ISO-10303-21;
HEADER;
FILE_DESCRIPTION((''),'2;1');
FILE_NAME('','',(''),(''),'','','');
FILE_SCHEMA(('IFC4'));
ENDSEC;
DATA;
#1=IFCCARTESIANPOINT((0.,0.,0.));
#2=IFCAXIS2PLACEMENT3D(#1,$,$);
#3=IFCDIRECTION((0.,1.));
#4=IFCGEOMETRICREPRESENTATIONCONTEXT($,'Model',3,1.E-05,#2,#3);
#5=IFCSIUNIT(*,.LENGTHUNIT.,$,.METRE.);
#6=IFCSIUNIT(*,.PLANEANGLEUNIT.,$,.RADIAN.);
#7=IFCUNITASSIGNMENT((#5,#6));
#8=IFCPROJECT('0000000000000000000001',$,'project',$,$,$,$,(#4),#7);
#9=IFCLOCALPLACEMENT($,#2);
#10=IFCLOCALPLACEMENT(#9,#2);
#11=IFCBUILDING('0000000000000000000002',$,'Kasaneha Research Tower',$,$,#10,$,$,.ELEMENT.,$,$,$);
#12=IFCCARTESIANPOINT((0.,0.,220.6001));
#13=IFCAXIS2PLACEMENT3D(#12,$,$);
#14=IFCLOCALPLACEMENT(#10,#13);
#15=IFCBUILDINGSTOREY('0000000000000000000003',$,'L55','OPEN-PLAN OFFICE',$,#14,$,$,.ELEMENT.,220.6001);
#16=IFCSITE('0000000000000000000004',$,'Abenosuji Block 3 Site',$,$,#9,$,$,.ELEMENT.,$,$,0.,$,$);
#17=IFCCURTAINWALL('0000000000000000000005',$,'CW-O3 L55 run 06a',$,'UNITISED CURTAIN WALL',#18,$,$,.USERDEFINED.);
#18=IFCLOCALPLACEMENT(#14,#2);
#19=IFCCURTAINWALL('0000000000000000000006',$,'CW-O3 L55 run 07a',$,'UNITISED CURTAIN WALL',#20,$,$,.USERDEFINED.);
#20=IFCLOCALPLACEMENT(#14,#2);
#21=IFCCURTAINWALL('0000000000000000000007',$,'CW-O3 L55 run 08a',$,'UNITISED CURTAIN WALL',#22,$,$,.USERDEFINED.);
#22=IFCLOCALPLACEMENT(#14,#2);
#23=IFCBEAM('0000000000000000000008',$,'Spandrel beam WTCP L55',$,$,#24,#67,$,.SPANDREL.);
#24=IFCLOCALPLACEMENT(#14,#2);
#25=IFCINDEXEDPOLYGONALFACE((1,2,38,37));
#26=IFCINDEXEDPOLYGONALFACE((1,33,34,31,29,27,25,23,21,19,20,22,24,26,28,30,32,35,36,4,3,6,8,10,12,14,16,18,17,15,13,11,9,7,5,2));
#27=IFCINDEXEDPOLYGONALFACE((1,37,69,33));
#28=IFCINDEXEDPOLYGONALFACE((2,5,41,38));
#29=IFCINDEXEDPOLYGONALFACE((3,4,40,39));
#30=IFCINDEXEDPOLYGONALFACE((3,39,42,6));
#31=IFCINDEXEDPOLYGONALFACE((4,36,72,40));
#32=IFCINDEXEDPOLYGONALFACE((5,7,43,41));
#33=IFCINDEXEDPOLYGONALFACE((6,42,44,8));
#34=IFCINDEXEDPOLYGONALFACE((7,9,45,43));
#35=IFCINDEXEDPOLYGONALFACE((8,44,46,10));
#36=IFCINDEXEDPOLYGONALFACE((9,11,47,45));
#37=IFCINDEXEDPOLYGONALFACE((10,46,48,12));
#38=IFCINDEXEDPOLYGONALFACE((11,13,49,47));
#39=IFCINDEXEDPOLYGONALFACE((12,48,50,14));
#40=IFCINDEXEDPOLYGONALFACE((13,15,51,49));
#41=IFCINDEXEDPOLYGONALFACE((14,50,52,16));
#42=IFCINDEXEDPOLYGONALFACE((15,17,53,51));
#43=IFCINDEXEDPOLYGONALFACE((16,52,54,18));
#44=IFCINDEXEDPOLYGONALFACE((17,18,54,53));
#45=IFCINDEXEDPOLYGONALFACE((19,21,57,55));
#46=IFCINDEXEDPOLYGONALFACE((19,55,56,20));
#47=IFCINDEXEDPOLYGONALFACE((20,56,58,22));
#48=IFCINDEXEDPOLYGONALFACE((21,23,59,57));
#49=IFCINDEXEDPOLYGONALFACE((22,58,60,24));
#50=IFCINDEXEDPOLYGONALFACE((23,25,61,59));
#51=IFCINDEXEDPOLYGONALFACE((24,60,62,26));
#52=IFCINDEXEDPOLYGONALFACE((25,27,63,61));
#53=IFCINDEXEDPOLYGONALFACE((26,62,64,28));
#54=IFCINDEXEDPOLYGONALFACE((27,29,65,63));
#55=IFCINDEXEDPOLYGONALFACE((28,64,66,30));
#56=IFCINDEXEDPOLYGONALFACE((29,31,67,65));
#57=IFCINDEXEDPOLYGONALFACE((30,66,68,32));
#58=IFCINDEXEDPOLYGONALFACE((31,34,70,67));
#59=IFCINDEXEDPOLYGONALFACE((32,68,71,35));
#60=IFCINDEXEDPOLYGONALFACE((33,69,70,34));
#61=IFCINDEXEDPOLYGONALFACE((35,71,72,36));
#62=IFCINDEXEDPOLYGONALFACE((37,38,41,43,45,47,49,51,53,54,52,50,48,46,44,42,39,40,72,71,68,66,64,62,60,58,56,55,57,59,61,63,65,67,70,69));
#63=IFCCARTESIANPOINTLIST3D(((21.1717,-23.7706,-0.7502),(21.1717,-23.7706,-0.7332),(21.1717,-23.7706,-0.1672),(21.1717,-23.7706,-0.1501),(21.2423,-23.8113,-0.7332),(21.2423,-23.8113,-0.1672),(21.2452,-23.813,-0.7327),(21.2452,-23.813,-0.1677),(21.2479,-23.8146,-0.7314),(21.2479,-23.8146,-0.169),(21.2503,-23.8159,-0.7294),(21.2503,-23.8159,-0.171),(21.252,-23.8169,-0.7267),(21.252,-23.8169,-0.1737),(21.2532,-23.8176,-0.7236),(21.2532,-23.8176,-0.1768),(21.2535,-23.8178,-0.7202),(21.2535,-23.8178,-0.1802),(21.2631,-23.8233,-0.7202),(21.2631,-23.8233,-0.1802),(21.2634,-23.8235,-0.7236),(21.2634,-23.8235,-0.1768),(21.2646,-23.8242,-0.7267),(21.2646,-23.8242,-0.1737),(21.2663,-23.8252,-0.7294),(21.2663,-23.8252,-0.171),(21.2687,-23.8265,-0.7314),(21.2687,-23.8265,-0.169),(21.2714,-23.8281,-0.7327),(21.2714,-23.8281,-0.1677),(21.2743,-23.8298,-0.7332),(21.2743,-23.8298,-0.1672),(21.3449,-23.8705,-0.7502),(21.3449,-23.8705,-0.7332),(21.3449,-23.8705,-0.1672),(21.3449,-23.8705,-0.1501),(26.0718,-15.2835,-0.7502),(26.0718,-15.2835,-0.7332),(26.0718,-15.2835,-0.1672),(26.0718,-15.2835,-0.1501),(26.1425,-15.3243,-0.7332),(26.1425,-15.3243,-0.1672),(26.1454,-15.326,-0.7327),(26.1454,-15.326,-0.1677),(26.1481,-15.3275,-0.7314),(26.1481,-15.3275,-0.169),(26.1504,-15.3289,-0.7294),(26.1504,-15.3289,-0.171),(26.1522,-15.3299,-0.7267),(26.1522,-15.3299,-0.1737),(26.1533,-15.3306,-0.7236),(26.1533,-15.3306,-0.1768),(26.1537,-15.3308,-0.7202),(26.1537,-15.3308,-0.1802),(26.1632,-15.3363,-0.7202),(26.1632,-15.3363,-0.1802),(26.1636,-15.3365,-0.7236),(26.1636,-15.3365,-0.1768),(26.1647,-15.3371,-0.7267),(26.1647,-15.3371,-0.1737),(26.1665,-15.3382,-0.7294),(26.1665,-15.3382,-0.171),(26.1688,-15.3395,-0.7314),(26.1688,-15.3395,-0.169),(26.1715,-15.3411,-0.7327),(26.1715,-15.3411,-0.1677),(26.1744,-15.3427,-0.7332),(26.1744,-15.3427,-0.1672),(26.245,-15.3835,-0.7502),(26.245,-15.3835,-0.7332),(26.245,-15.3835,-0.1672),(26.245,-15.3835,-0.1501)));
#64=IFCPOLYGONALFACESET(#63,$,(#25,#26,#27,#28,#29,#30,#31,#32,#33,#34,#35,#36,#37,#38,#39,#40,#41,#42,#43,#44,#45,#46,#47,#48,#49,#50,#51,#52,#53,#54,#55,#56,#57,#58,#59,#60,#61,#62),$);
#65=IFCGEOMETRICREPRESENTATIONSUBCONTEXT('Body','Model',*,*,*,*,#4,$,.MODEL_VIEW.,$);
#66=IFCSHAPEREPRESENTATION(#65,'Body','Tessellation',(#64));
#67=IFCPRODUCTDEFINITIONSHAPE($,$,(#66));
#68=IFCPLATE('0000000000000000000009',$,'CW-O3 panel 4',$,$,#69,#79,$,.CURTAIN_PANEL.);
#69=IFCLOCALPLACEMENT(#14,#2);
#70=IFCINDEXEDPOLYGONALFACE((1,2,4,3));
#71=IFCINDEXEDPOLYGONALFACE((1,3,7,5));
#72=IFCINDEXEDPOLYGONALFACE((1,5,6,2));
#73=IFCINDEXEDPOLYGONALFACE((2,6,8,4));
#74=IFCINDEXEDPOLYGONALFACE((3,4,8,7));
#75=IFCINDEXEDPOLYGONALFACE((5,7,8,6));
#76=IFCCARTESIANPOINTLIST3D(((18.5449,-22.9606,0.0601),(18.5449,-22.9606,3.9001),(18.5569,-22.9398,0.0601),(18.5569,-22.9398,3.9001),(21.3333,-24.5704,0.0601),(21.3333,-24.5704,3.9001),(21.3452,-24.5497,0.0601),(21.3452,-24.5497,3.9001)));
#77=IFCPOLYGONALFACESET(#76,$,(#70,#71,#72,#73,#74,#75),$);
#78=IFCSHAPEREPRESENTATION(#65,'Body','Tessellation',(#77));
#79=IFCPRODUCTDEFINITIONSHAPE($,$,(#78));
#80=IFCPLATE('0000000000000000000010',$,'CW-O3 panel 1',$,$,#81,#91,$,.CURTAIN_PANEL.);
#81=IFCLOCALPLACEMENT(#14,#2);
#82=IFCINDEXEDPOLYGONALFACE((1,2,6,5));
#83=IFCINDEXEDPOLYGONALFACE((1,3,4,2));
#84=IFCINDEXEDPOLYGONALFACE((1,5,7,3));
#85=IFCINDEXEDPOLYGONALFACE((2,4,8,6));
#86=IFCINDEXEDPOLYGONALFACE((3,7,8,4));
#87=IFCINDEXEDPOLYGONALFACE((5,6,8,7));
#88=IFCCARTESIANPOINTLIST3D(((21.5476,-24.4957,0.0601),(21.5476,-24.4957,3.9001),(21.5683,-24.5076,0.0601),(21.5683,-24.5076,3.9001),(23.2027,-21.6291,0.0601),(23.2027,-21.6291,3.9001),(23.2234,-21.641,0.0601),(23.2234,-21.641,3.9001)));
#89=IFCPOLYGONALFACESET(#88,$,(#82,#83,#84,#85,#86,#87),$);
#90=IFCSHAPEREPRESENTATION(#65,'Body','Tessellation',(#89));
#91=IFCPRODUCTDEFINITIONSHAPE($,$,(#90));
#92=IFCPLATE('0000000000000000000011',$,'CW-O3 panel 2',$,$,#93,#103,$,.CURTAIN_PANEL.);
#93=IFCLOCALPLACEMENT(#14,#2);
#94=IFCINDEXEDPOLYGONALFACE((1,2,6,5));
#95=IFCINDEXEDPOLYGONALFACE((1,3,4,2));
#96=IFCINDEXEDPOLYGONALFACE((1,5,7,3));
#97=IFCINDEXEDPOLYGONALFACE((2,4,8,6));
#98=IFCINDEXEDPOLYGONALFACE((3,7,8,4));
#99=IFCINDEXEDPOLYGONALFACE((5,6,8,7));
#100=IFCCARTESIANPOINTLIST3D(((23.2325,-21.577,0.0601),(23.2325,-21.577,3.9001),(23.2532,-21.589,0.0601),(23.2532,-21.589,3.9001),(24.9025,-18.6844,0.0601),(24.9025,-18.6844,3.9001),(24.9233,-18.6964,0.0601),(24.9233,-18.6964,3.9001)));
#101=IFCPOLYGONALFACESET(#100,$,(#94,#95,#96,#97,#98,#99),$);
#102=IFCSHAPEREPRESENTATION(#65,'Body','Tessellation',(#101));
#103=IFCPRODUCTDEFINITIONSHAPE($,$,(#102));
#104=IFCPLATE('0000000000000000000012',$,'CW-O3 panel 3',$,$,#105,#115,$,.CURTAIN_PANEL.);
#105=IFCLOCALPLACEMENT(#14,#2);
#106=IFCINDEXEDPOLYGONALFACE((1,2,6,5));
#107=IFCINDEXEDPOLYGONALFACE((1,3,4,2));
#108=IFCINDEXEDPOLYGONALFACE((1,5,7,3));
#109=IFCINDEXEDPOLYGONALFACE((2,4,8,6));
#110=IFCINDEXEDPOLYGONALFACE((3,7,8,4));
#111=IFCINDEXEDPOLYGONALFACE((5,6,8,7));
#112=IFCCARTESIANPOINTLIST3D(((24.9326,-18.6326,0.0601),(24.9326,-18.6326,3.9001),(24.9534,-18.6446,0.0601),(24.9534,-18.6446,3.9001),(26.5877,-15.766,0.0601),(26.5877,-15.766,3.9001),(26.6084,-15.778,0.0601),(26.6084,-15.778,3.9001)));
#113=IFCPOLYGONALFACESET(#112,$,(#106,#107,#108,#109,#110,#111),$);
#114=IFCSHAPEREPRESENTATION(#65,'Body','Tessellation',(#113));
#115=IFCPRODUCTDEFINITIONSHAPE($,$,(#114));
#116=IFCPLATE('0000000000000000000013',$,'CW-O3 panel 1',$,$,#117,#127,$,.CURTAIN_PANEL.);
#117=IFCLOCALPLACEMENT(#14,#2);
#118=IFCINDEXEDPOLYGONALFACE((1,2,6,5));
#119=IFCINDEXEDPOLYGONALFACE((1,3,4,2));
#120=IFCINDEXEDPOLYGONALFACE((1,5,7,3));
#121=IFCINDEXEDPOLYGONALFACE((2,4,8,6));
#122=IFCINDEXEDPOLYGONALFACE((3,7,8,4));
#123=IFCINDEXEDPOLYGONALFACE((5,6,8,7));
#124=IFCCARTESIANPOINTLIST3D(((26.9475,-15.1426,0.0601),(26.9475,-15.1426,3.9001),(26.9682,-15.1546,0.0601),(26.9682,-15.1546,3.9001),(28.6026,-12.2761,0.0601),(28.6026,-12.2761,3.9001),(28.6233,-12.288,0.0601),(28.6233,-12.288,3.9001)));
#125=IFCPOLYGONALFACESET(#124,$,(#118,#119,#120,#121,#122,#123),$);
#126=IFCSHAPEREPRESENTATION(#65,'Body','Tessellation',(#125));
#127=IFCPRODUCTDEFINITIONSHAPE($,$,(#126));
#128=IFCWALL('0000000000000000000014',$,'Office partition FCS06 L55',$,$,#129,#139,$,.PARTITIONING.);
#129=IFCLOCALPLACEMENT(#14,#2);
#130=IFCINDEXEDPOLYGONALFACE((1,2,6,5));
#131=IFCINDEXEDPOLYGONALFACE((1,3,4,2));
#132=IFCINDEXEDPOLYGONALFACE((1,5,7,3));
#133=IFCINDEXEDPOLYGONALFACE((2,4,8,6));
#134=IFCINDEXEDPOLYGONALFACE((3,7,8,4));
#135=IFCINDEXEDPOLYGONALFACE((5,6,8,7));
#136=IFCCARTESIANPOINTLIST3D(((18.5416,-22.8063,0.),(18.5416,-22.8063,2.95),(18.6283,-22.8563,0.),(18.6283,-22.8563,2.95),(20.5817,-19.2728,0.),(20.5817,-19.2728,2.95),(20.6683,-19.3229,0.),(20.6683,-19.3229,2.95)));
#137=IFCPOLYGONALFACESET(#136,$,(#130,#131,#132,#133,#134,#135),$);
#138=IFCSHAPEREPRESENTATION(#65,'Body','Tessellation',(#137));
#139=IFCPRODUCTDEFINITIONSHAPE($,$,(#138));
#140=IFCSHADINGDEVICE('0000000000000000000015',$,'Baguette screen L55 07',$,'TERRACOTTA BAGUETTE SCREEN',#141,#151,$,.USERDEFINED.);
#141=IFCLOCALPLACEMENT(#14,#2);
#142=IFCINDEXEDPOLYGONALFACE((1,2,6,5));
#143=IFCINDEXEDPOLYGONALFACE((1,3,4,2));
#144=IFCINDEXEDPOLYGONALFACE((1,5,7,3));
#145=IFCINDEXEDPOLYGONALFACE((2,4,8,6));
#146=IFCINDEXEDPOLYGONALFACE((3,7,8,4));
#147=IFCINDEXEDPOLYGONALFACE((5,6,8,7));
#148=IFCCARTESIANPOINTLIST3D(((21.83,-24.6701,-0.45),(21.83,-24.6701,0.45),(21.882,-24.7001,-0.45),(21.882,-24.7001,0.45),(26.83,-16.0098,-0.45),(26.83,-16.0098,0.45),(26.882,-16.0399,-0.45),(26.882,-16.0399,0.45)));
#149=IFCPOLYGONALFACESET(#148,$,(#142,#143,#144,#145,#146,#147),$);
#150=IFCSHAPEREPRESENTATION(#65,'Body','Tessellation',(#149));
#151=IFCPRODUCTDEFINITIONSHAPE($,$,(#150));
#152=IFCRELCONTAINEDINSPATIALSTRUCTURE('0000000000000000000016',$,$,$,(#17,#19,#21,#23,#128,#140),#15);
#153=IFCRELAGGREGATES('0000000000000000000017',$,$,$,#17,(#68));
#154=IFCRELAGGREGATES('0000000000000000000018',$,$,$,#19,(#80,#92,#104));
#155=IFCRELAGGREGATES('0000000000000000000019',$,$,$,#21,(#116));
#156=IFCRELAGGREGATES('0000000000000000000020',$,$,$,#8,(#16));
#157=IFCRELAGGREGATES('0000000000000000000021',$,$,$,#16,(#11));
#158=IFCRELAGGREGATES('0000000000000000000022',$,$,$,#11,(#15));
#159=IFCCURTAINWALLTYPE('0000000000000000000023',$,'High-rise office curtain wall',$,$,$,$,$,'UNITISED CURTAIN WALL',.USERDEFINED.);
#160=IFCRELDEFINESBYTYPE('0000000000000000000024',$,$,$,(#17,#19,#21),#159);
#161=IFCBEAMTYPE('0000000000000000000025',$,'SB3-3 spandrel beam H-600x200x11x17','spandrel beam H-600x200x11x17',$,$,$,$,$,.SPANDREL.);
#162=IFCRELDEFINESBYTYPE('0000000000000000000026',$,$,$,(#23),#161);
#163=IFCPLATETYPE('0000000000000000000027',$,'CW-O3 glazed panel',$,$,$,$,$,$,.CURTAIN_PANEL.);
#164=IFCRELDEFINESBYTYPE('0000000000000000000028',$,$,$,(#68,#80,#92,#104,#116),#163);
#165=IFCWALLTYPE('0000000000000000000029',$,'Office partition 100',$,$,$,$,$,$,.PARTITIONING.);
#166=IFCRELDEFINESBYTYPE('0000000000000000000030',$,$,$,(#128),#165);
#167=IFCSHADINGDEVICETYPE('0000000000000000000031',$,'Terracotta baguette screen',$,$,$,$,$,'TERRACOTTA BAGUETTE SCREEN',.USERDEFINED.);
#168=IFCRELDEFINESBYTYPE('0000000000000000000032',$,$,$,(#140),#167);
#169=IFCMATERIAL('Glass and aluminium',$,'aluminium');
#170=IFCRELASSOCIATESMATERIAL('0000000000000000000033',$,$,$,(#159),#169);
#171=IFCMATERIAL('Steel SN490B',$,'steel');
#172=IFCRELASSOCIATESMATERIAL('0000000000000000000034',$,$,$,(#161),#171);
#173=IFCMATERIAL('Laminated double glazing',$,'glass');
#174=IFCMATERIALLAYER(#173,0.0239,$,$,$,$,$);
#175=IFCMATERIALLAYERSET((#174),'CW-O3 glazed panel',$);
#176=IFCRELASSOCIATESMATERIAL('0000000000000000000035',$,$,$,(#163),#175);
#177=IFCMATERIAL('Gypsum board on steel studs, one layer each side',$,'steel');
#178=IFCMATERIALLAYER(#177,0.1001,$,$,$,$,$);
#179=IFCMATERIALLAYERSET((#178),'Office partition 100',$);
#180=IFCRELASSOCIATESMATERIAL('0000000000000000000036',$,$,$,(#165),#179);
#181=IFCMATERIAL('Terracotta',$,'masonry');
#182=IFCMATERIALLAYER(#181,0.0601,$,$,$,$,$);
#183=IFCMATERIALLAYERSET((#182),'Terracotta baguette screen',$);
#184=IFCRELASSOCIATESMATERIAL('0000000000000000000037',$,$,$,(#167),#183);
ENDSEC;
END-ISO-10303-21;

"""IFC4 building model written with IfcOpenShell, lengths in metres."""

from ifc_helpers import new_model, si_unit, direction, frame, frame_2d, origin, origin_2d, place, context, subcontext, project, spatial, rectangle, i_section, extrude, material, layer, layer_set, material_profile, profile_set, type_object, element, aggregate, save


model = new_model("IFC4")

# Units and contexts
model_context = context("Model", 3, precision=1e-05, world=origin(), true_north=direction((0.0, 1.0)))
body_context = subcontext(model_context, "Body", "Model", "MODEL_VIEW")
ifc_project = project(units=[si_unit("LENGTHUNIT", "METRE"), si_unit("PLANEANGLEUNIT", "RADIAN")], contexts=[model_context])

# Site, building, storey
site_placement = place(None, origin())
site = spatial("IfcSite", under=ifc_project, at=site_placement, Name="Abenosuji Block 3 Site", CompositionType="ELEMENT", RefElevation=0.0)
building_placement = place(site_placement, origin())
building = spatial("IfcBuilding", under=site, at=building_placement, Name="Kasaneha Research Tower", CompositionType="ELEMENT")
storey_placement = place(building_placement, frame((0.0, 0.0, 220.6001)))
storey = spatial("IfcBuildingStorey", under=building, at=storey_placement, Name="L55", Description="OPEN-PLAN OFFICE", CompositionType="ELEMENT", Elevation=220.6001)

# Curtain wall
ifc_material_1 = material(Name="Glass and aluminium", Category="aluminium")
curtain_wall_type = type_object("IfcCurtainWallType", Name="High-rise office curtain wall", ElementType="UNITISED CURTAIN WALL", PredefinedType="USERDEFINED", material=ifc_material_1)
curtain_wall_1_placement = place(storey_placement, origin())
curtain_wall_1 = element("IfcCurtainWall", 1, at=curtain_wall_1_placement, inside=storey, type_object=curtain_wall_type, Name="CW-O3 L55 run 06a", ObjectType="UNITISED CURTAIN WALL", PredefinedType="USERDEFINED")

# Curtain wall
curtain_wall_2_placement = place(storey_placement, origin())
curtain_wall_2 = element("IfcCurtainWall", 2, at=curtain_wall_2_placement, inside=storey, type_object=curtain_wall_type, Name="CW-O3 L55 run 07a", ObjectType="UNITISED CURTAIN WALL", PredefinedType="USERDEFINED")

# Curtain wall
curtain_wall_3_placement = place(storey_placement, origin())
curtain_wall_3 = element("IfcCurtainWall", 3, at=curtain_wall_3_placement, inside=storey, type_object=curtain_wall_type, Name="CW-O3 L55 run 08a", ObjectType="UNITISED CURTAIN WALL", PredefinedType="USERDEFINED")

# Beam
ifc_material_2 = material(Name="Steel SN490B", Category="steel")
ifc_material_profile_1 = material_profile(ifc_material_2, i_section(OverallWidth=0.2, OverallDepth=0.6001, WebThickness=0.011, FlangeThickness=0.0171, FilletRadius=0.0129, at=origin_2d()), Name="H-600x200x11x17")
ifc_profile_set_1 = profile_set([ifc_material_profile_1], Name="Steel SN490B")
beam_type = type_object("IfcBeamType", Name="SB3-3 spandrel beam H-600x200x11x17", Description="spandrel beam H-600x200x11x17", PredefinedType="SPANDREL", material=ifc_profile_set_1)
beam_placement = place(storey_placement, frame((21.2583, -23.8206, -0.4502), z_axis=(0.500011, 0.866019, 0.0), x_axis=(-0.866019, 0.500011, 0.0)))
element("IfcBeam", 4, at=beam_placement, inside=storey, type_object=beam_type, Name="Spandrel beam WTCP L55", PredefinedType="SPANDREL", context=body_context, shape_type="SweptSolid", body=[
    extrude(i_section(OverallWidth=0.2, OverallDepth=0.6001, WebThickness=0.011, FlangeThickness=0.0171, FilletRadius=0.0129, at=origin_2d()), origin(), (0.0, 0.0, 1.0), 9.8),
])

# Plates
ifc_material_3 = material(Name="Laminated double glazing", Category="glass")
ifc_layer_1 = layer(ifc_material_3, 0.0239)
ifc_layer_set_1 = layer_set([ifc_layer_1], Name="CW-O3 glazed panel")
plate_type = type_object("IfcPlateType", Name="CW-O3 glazed panel", PredefinedType="CURTAIN_PANEL", material=ifc_layer_set_1)
plate_1_placement = place(storey_placement, frame((19.9451, -23.7551, 0.0601), z_axis=(0.0, 0.0, 1.0), x_axis=(0.866025, -0.5, 0.0)))
plate_1 = element("IfcPlate", 5, at=plate_1_placement, type_object=plate_type, Name="CW-O3 panel 4", PredefinedType="CURTAIN_PANEL", context=body_context, shape_type="SweptSolid", body=[
    extrude(rectangle(XDim=3.2197, YDim=0.0239, at=origin_2d()), origin(), (0.0, 0.0, 1.0), 3.8401),
])
aggregate(curtain_wall_1, [plate_1])
plate_2_placement = place(storey_placement, frame((22.3855, -23.0684, 0.0601), z_axis=(0.0, 0.0, 1.0), x_axis=(0.5, 0.866025, 0.0)))
plate_2 = element("IfcPlate", 6, at=plate_2_placement, type_object=plate_type, Name="CW-O3 panel 1", PredefinedType="CURTAIN_PANEL", context=body_context, shape_type="SweptSolid", body=[
    extrude(rectangle(XDim=3.3101, YDim=0.0239, at=origin_2d()), origin(), (0.0, 0.0, 1.0), 3.8401),
])
plate_3_placement = place(storey_placement, frame((24.0779, -20.1367, 0.0601), z_axis=(0.0, 0.0, 1.0), x_axis=(0.5, 0.866025, 0.0)))
plate_3 = element("IfcPlate", 7, at=plate_3_placement, type_object=plate_type, Name="CW-O3 panel 2", PredefinedType="CURTAIN_PANEL", context=body_context, shape_type="SweptSolid", body=[
    extrude(rectangle(XDim=3.3401, YDim=0.0239, at=origin_2d()), origin(), (0.0, 0.0, 1.0), 3.8401),
])
plate_4_placement = place(storey_placement, frame((25.7705, -17.2053, 0.0601), z_axis=(0.0, 0.0, 1.0), x_axis=(0.5, 0.866025, 0.0)))
plate_4 = element("IfcPlate", 8, at=plate_4_placement, type_object=plate_type, Name="CW-O3 panel 3", PredefinedType="CURTAIN_PANEL", context=body_context, shape_type="SweptSolid", body=[
    extrude(rectangle(XDim=3.3101, YDim=0.0239, at=origin_2d()), origin(), (0.0, 0.0, 1.0), 3.8401),
])
aggregate(curtain_wall_2, [plate_2, plate_3, plate_4])
plate_5_placement = place(storey_placement, frame((27.7854, -13.7153, 0.0601), z_axis=(0.0, 0.0, 1.0), x_axis=(0.5, 0.866025, 0.0)))
plate_5 = element("IfcPlate", 9, at=plate_5_placement, type_object=plate_type, Name="CW-O3 panel 1", PredefinedType="CURTAIN_PANEL", context=body_context, shape_type="SweptSolid", body=[
    extrude(rectangle(XDim=3.3101, YDim=0.0239, at=origin_2d()), origin(), (0.0, 0.0, 1.0), 3.8401),
])
aggregate(curtain_wall_3, [plate_5])

# Wall
ifc_material_4 = material(Name="Gypsum board on steel studs, one layer each side", Category="steel")
ifc_layer_2 = layer(ifc_material_4, 0.1001)
ifc_layer_set_2 = layer_set([ifc_layer_2], Name="Office partition 100")
wall_type = type_object("IfcWallType", Name="Office partition 100", PredefinedType="PARTITIONING", material=ifc_layer_set_2)
wall_placement = place(storey_placement, frame((20.625, -19.2979, 0.0), z_axis=(0.0, 0.0, 1.0), x_axis=(-0.5, -0.866025, 0.0)))
element("IfcWall", 10, at=wall_placement, inside=storey, type_object=wall_type, Name="Office partition FCS06 L55", PredefinedType="PARTITIONING", context=body_context, shape_type="SweptSolid", body=[
    extrude(rectangle(XDim=4.0801, YDim=0.1001, at=frame_2d((2.04, 0.0))), origin(), (0.0, 0.0, 1.0), 2.95),
])

# Shading device
ifc_material_5 = material(Name="Terracotta", Category="masonry")
ifc_layer_3 = layer(ifc_material_5, 0.0601)
ifc_layer_set_3 = layer_set([ifc_layer_3], Name="Terracotta baguette screen")
shading_device_type = type_object("IfcShadingDeviceType", Name="Terracotta baguette screen", ElementType="TERRACOTTA BAGUETTE SCREEN", PredefinedType="USERDEFINED", material=ifc_layer_set_3)
shading_device_placement = place(storey_placement, frame((24.356, -20.355, -0.45), z_axis=(0.0, 0.0, 1.0), x_axis=(0.5, 0.866025, 0.0)))
element("IfcShadingDevice", 11, at=shading_device_placement, inside=storey, type_object=shading_device_type, Name="Baguette screen L55 07", ObjectType="TERRACOTTA BAGUETTE SCREEN", PredefinedType="USERDEFINED", context=body_context, shape_type="SweptSolid", body=[
    extrude(rectangle(XDim=10.0, YDim=0.0601, at=origin_2d()), origin(), (0.0, 0.0, 1.0), 0.8999),
])

save(model, "model.ifc")
